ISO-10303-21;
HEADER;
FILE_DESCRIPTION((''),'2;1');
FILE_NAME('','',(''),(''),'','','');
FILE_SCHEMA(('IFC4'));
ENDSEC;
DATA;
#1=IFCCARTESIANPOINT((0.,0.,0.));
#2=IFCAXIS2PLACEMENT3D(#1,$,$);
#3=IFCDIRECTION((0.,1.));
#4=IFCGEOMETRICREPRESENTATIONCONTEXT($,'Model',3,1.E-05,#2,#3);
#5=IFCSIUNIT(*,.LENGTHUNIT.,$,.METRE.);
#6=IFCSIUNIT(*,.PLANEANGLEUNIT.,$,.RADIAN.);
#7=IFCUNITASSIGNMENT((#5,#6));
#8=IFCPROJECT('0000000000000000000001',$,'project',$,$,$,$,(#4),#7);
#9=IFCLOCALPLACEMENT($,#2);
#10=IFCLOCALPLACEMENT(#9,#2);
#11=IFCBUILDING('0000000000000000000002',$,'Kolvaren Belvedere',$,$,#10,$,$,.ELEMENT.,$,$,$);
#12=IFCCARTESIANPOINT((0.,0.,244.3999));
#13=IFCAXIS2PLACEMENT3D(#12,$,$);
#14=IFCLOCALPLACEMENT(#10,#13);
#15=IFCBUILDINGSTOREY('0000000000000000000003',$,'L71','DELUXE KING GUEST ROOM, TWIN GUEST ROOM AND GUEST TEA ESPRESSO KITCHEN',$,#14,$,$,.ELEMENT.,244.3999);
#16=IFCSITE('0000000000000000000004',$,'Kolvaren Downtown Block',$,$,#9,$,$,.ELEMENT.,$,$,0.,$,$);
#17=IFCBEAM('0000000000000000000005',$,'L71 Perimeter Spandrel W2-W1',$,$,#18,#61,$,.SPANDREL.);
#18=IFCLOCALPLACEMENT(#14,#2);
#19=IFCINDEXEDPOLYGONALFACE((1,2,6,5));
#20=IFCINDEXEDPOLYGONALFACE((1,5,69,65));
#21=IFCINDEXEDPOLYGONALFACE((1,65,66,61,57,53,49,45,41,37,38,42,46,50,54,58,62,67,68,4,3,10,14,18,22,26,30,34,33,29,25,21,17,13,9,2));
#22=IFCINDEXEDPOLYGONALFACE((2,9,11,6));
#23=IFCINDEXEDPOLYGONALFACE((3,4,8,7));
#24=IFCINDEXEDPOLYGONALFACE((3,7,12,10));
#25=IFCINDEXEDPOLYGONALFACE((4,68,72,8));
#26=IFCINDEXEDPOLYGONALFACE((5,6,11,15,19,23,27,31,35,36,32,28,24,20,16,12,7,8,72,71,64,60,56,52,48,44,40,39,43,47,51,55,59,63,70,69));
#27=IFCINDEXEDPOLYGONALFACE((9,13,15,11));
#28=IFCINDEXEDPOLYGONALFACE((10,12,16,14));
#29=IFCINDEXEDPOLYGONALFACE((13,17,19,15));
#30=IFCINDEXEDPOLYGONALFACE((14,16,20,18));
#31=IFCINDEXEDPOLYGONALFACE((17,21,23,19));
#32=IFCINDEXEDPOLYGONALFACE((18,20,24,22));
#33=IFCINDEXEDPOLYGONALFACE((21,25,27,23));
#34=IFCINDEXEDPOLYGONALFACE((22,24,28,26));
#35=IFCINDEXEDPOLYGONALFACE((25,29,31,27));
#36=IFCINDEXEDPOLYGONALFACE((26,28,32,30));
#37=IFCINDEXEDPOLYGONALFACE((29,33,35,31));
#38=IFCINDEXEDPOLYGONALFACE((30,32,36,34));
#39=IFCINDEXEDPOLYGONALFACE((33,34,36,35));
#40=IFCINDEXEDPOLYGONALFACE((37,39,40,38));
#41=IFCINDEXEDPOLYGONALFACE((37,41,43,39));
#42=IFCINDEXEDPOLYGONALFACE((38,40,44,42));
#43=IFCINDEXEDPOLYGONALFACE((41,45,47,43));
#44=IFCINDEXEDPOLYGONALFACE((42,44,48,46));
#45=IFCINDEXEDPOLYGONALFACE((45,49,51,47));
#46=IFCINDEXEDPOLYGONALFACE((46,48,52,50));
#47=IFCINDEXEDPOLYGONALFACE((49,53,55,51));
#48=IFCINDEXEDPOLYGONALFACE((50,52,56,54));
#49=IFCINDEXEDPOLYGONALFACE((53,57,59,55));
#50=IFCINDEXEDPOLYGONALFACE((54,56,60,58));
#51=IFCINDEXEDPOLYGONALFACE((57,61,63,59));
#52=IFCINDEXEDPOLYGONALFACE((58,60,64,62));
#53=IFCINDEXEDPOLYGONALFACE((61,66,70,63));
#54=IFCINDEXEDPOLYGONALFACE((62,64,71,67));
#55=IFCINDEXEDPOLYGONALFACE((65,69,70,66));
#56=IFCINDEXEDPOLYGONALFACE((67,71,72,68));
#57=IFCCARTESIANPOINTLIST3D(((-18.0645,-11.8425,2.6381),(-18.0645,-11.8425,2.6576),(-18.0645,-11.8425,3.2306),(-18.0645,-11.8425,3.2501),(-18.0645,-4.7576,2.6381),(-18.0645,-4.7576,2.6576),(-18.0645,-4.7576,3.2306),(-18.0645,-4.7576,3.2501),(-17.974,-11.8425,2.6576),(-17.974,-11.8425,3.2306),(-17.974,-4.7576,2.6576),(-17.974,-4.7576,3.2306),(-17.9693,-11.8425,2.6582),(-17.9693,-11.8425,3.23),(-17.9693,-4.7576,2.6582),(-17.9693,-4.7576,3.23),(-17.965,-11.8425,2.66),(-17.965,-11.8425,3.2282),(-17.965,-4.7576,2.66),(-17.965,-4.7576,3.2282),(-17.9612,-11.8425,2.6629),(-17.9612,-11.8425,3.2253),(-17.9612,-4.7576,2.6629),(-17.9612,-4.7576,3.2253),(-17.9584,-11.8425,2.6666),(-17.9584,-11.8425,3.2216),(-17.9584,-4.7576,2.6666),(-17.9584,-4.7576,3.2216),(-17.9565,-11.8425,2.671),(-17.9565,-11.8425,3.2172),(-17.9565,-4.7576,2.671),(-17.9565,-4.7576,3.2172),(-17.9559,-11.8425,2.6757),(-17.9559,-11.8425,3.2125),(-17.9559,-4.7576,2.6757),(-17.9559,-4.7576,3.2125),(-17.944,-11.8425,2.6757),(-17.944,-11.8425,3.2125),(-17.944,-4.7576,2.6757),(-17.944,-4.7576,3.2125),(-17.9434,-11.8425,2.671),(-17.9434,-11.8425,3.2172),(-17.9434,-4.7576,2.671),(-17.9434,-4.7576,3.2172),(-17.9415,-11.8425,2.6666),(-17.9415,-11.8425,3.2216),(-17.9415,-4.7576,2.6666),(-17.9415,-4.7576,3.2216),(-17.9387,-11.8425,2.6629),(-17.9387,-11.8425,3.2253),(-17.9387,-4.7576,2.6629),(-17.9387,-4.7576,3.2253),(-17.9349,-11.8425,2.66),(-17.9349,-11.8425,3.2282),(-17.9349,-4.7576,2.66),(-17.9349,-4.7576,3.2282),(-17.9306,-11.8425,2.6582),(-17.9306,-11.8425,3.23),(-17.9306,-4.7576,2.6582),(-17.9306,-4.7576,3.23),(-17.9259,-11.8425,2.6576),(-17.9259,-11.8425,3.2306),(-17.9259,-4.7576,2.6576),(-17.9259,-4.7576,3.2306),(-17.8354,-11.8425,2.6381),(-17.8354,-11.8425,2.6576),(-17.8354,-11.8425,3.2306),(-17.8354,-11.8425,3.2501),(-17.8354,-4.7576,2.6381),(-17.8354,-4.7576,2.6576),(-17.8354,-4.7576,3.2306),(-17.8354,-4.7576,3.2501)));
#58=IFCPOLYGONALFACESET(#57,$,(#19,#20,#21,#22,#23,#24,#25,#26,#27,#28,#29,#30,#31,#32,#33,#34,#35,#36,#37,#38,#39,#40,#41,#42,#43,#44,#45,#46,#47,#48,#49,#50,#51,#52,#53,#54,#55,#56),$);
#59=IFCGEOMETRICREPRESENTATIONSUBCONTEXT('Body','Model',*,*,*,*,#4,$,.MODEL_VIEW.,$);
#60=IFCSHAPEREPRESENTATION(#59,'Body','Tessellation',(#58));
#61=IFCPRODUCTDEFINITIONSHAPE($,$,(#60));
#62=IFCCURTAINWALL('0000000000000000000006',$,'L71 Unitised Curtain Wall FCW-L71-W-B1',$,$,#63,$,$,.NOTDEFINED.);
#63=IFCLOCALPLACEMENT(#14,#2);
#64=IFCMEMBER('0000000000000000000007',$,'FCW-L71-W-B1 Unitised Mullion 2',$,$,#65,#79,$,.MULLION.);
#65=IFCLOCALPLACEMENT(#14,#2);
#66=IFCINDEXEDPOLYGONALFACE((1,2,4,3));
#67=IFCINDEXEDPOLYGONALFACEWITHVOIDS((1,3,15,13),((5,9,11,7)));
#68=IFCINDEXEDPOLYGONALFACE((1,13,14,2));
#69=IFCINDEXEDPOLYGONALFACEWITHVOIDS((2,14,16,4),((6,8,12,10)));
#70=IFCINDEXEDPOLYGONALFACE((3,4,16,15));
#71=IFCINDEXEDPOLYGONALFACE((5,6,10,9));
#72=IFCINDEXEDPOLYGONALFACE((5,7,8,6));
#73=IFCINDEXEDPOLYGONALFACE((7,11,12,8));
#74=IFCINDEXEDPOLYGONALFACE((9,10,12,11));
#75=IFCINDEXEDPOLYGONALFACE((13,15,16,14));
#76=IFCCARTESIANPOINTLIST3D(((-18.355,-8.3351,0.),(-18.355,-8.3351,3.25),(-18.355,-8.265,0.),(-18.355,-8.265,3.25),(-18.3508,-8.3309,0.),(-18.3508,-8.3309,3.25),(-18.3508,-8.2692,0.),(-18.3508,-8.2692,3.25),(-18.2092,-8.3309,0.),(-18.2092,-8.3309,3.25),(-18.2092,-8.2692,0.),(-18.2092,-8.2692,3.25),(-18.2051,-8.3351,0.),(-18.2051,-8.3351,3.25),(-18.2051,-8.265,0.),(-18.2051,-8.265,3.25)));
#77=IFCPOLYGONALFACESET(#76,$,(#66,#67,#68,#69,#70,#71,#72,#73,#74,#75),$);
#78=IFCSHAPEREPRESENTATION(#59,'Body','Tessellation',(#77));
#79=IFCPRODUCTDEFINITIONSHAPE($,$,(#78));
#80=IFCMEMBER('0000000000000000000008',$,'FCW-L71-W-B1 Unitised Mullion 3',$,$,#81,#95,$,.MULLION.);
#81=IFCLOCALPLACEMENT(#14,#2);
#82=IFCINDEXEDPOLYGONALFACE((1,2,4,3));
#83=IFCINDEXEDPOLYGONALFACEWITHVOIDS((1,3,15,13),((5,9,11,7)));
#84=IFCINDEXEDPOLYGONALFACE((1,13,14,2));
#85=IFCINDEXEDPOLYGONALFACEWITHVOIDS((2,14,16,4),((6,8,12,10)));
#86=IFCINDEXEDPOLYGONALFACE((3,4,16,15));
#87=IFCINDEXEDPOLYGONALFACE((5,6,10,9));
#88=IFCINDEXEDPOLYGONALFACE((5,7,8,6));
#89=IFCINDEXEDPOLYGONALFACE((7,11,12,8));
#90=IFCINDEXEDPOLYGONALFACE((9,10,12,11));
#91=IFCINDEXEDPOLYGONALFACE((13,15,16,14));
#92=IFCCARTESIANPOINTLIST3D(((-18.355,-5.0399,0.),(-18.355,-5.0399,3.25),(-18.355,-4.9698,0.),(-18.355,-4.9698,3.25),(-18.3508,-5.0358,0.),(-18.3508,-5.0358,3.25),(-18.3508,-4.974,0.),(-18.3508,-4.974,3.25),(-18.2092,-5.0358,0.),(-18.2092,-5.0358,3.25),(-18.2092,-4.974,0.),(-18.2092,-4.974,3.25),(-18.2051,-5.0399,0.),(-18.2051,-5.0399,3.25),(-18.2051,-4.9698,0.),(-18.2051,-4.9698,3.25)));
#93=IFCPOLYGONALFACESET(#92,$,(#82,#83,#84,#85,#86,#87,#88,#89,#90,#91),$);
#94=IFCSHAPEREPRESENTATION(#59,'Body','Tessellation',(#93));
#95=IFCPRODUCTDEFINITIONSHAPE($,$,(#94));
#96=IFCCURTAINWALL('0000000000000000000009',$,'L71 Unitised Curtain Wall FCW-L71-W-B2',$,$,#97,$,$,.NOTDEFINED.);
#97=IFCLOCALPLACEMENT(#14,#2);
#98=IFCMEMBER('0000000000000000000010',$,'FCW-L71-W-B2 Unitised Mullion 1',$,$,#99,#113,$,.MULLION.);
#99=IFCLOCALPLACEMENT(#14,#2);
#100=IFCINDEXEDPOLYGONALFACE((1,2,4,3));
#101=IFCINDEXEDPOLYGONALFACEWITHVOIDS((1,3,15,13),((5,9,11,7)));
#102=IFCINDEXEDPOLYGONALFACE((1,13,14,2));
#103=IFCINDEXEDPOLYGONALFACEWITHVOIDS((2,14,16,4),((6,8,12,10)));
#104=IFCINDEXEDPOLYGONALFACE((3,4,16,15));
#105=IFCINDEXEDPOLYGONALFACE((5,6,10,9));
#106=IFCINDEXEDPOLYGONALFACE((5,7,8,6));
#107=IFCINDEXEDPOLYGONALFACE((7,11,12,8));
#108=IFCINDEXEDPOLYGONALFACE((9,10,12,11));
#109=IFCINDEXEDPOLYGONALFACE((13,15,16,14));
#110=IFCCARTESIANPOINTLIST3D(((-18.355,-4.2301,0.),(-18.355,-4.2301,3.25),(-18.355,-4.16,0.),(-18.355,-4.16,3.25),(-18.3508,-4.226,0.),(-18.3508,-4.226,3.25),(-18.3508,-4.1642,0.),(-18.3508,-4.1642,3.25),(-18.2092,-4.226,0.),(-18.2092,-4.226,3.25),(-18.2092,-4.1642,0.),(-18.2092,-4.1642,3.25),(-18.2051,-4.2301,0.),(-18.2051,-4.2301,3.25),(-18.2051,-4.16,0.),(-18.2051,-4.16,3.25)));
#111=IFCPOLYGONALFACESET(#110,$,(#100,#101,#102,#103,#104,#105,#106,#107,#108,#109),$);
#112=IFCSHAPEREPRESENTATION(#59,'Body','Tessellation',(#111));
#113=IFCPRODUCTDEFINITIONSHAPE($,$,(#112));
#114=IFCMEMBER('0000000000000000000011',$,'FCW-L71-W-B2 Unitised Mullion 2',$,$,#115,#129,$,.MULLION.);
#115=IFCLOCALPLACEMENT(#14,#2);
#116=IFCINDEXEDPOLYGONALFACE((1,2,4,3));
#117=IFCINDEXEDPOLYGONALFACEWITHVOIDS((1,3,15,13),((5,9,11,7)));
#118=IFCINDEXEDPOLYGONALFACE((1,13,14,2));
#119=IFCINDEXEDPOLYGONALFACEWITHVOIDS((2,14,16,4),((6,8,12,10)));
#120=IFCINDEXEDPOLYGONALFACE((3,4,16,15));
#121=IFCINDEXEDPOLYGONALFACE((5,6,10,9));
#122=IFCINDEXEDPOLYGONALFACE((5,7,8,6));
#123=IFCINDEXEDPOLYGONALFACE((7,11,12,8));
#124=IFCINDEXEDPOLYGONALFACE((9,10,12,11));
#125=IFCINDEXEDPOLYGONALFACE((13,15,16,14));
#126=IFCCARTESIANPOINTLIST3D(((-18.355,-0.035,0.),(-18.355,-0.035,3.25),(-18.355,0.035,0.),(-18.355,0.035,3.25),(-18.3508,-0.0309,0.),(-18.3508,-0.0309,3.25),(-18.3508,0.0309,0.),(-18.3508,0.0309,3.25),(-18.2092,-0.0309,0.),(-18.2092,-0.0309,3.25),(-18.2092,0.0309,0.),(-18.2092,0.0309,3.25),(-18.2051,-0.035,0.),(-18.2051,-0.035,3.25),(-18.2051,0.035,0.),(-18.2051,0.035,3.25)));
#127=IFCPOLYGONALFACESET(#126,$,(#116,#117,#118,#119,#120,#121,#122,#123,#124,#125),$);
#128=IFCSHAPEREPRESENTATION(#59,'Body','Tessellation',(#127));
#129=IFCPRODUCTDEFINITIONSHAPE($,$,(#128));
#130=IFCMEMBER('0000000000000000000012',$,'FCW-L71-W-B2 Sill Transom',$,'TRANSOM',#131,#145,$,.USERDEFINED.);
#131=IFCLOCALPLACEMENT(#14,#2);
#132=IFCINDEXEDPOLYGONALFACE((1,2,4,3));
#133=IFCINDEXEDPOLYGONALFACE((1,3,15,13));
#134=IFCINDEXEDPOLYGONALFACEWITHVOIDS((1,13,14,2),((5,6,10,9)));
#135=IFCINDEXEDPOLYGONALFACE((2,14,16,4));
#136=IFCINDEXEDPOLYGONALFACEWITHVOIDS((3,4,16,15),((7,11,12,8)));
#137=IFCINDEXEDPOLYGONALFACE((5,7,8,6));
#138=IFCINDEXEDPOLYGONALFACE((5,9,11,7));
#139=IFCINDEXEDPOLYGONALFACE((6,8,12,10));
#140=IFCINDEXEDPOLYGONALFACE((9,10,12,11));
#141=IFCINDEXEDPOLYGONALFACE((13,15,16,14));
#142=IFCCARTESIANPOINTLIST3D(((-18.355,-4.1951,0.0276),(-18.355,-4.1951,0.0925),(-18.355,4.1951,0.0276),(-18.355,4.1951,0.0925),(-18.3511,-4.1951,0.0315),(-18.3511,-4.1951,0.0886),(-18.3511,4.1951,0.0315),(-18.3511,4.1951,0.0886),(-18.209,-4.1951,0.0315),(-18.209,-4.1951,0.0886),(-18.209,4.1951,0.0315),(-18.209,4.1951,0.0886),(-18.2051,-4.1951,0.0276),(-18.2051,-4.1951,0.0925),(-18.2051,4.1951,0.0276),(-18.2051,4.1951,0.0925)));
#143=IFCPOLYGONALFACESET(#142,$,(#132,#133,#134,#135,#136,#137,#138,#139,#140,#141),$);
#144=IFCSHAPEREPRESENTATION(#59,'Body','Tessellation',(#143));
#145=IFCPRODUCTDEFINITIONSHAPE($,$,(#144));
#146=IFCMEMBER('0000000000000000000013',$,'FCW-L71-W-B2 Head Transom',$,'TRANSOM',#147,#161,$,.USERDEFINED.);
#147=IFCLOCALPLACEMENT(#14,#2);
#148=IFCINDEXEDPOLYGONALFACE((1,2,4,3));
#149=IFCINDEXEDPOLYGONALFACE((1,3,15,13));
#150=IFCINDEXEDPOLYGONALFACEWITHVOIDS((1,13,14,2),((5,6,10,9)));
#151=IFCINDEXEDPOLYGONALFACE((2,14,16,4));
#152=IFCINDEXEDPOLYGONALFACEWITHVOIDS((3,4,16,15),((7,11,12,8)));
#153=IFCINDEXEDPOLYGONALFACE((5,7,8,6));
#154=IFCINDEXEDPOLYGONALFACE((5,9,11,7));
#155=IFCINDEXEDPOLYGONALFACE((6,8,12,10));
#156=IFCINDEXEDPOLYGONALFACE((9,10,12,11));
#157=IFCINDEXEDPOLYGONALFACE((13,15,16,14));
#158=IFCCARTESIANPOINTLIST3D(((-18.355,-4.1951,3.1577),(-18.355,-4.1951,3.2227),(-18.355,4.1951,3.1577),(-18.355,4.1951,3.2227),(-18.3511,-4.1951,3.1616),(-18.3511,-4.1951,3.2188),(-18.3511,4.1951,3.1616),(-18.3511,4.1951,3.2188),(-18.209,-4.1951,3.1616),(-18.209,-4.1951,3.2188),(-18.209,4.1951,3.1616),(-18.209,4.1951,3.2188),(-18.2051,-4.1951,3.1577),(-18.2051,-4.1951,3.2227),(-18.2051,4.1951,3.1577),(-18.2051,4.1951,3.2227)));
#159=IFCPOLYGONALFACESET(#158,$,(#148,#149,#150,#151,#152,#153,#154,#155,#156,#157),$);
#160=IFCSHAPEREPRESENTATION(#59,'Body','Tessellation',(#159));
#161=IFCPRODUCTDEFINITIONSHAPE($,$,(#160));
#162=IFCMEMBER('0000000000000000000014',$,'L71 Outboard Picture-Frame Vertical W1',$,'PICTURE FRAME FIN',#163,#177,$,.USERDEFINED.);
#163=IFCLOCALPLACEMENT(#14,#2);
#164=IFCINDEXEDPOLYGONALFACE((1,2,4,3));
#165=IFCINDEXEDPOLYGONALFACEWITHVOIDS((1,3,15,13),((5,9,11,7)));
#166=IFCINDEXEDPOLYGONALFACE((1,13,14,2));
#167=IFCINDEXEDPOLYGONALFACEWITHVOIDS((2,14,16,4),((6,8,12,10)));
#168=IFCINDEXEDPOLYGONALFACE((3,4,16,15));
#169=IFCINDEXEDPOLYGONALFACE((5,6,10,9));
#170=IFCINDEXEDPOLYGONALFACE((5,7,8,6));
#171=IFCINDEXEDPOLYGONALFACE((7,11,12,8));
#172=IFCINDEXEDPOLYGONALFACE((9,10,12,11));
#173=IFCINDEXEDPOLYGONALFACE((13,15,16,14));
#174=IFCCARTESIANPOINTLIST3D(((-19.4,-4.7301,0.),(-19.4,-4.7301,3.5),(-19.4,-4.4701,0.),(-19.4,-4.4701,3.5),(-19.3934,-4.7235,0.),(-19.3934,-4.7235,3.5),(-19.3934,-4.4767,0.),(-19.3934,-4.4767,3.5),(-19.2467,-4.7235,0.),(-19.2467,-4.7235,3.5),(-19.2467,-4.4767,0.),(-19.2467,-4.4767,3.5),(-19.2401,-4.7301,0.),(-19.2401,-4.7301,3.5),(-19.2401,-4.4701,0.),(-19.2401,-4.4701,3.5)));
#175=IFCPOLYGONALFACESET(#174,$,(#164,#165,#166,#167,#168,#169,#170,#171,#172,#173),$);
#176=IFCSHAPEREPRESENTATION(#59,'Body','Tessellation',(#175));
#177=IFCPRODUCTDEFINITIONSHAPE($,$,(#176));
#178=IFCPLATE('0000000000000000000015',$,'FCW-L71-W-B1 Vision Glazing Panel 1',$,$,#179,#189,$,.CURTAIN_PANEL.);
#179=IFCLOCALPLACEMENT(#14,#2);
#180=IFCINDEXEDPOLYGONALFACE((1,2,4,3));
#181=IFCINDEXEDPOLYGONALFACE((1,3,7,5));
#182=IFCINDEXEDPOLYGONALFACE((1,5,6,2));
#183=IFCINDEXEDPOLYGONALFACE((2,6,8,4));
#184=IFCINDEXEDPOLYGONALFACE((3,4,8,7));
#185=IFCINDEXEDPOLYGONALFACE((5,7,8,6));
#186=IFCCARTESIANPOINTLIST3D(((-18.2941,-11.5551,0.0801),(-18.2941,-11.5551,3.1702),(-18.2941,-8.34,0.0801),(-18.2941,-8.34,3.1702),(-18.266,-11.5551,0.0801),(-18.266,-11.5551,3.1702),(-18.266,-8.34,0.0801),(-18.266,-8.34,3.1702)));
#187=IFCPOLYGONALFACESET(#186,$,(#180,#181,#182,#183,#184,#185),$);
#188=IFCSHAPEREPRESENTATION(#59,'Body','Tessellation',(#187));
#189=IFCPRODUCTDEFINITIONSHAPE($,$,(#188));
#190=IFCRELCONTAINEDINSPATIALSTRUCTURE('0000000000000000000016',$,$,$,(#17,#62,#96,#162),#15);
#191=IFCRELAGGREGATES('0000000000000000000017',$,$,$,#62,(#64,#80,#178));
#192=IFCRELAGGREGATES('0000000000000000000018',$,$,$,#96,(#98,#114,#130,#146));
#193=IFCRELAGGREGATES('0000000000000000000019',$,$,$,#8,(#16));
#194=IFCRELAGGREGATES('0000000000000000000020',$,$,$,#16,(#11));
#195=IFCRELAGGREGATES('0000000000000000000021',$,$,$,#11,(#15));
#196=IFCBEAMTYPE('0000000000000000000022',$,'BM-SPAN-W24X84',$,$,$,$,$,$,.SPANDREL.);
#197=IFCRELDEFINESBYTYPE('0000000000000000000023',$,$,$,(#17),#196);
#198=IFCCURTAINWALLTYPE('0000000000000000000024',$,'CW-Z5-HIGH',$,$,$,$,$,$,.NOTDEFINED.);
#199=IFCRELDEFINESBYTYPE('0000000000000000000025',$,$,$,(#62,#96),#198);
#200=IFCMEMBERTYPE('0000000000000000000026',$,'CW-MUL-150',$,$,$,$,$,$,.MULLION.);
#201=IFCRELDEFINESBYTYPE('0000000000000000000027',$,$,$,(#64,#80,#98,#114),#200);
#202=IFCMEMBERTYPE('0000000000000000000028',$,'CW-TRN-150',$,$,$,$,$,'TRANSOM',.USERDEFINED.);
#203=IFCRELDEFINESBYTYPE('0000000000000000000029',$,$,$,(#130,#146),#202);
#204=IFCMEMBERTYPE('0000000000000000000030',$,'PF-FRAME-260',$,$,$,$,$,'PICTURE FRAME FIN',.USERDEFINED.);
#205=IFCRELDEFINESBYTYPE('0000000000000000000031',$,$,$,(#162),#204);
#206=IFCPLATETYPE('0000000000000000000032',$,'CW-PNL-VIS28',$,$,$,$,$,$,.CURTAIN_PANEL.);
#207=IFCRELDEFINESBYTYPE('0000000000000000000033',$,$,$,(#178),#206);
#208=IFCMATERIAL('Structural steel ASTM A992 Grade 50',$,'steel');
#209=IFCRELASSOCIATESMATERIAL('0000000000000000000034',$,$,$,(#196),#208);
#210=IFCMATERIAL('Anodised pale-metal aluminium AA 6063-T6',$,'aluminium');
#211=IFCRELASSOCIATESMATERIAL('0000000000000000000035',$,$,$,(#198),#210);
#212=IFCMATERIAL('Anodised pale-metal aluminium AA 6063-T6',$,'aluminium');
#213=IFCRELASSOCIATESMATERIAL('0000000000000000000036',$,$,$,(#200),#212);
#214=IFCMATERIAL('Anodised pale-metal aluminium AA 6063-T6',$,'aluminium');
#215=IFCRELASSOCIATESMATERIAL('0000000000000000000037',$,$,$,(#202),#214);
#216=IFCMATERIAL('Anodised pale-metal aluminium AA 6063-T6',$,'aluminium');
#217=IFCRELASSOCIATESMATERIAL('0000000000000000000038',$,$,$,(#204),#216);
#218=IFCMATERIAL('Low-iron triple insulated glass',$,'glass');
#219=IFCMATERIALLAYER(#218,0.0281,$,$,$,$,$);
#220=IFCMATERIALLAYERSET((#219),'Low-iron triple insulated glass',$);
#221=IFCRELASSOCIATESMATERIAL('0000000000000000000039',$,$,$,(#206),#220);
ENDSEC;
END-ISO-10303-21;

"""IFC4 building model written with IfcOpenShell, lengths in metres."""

from ifc_helpers import new_model, si_unit, direction, frame, origin, origin_2d, place, context, subcontext, project, spatial, rectangle, hollow_rectangle, i_section, extrude, material, layer, layer_set, material_profile, profile_set, type_object, element, aggregate, save


model = new_model("IFC4")

# Units and contexts
model_context = context("Model", 3, precision=1e-05, world=origin(), true_north=direction((0.0, 1.0)))
body_context = subcontext(model_context, "Body", "Model", "MODEL_VIEW")
ifc_project = project(units=[si_unit("LENGTHUNIT", "METRE"), si_unit("PLANEANGLEUNIT", "RADIAN")], contexts=[model_context])

# Site, building, storey
site_placement = place(None, origin())
site = spatial("IfcSite", under=ifc_project, at=site_placement, Name="Kolvaren Downtown Block", CompositionType="ELEMENT", RefElevation=0.0)
building_placement = place(site_placement, origin())
building = spatial("IfcBuilding", under=site, at=building_placement, Name="Kolvaren Belvedere", CompositionType="ELEMENT")
storey_placement = place(building_placement, frame((0.0, 0.0, 244.3999)))
storey = spatial("IfcBuildingStorey", under=building, at=storey_placement, Name="L71", Description="DELUXE KING GUEST ROOM, TWIN GUEST ROOM AND GUEST TEA ESPRESSO KITCHEN", CompositionType="ELEMENT", Elevation=244.3999)

# Beam
ifc_material_1 = material(Name="Structural steel ASTM A992 Grade 50", Category="steel")
ifc_material_profile_1 = material_profile(ifc_material_1, i_section(OverallWidth=0.229, OverallDepth=0.6121, WebThickness=0.012, FlangeThickness=0.0195, FilletRadius=0.0181, at=origin_2d()), Name="W24X84")
ifc_profile_set_1 = profile_set([ifc_material_profile_1], Name="Structural steel ASTM A992 Grade 50")
beam_type_1 = type_object("IfcBeamType", Name="BM-SPAN-W24X84", PredefinedType="SPANDREL", material=ifc_profile_set_1)
beam_1_placement = place(storey_placement, frame((-17.95, -4.7576, 2.9441), z_axis=(0.0, -1.0, 0.0), x_axis=(1.0, 0.0, 0.0)))
element("IfcBeam", 1, at=beam_1_placement, inside=storey, type_object=beam_type_1, Name="L71 Perimeter Spandrel W2-W1", PredefinedType="SPANDREL", context=body_context, shape_type="SweptSolid", body=[
    extrude(i_section(OverallWidth=0.229, OverallDepth=0.6121, WebThickness=0.012, FlangeThickness=0.0195, FilletRadius=0.0181, at=origin_2d()), origin(), (0.0, 0.0, 1.0), 7.085),
])

# Curtain walls, members
ifc_material_2 = material(Name="Anodised pale-metal aluminium AA 6063-T6", Category="aluminium")
curtain_wall_type = type_object("IfcCurtainWallType", Name="CW-Z5-HIGH", PredefinedType="NOTDEFINED", material=ifc_material_2)
curtain_wall_1_placement = place(storey_placement, origin())
curtain_wall_1 = element("IfcCurtainWall", 2, at=curtain_wall_1_placement, inside=storey, type_object=curtain_wall_type, Name="L71 Unitised Curtain Wall FCW-L71-W-B1", PredefinedType="NOTDEFINED")
ifc_material_3 = material(Name="Anodised pale-metal aluminium AA 6063-T6", Category="aluminium")
ifc_material_profile_2 = material_profile(ifc_material_3, hollow_rectangle(XDim=0.0701, YDim=0.1499, WallThickness=0.0042, at=origin_2d()), Name="ALU-MUL-150X70")
ifc_profile_set_2 = profile_set([ifc_material_profile_2], Name="Anodised pale-metal aluminium AA 6063-T6")
member_type_1 = type_object("IfcMemberType", Name="CW-MUL-150", PredefinedType="MULLION", material=ifc_profile_set_2)
member_1_placement = place(storey_placement, frame((-18.28, -8.3, 0.0), z_axis=(0.0, 0.0, 1.0), x_axis=(0.0, 1.0, 0.0)))
member_1 = element("IfcMember", 3, at=member_1_placement, type_object=member_type_1, Name="FCW-L71-W-B1 Unitised Mullion 2", PredefinedType="MULLION", context=body_context, shape_type="SweptSolid", body=[
    extrude(hollow_rectangle(XDim=0.0701, YDim=0.1499, WallThickness=0.0042, at=origin_2d()), origin(), (0.0, 0.0, 1.0), 3.25),
])
member_2_placement = place(storey_placement, frame((-18.28, -5.0049, 0.0), z_axis=(0.0, 0.0, 1.0), x_axis=(0.0, 1.0, 0.0)))
member_2 = element("IfcMember", 4, at=member_2_placement, type_object=member_type_1, Name="FCW-L71-W-B1 Unitised Mullion 3", PredefinedType="MULLION", context=body_context, shape_type="SweptSolid", body=[
    extrude(hollow_rectangle(XDim=0.0701, YDim=0.1499, WallThickness=0.0042, at=origin_2d()), origin(), (0.0, 0.0, 1.0), 3.25),
])
curtain_wall_2_placement = place(storey_placement, origin())
curtain_wall_2 = element("IfcCurtainWall", 5, at=curtain_wall_2_placement, inside=storey, type_object=curtain_wall_type, Name="L71 Unitised Curtain Wall FCW-L71-W-B2", PredefinedType="NOTDEFINED")
member_3_placement = place(storey_placement, frame((-18.28, -4.1951, 0.0), z_axis=(0.0, 0.0, 1.0), x_axis=(0.0, 1.0, 0.0)))
member_3 = element("IfcMember", 6, at=member_3_placement, type_object=member_type_1, Name="FCW-L71-W-B2 Unitised Mullion 1", PredefinedType="MULLION", context=body_context, shape_type="SweptSolid", body=[
    extrude(hollow_rectangle(XDim=0.0701, YDim=0.1499, WallThickness=0.0042, at=origin_2d()), origin(), (0.0, 0.0, 1.0), 3.25),
])
member_4_placement = place(storey_placement, frame((-18.28, 0.0, 0.0), z_axis=(0.0, 0.0, 1.0), x_axis=(0.0, 1.0, 0.0)))
member_4 = element("IfcMember", 7, at=member_4_placement, type_object=member_type_1, Name="FCW-L71-W-B2 Unitised Mullion 2", PredefinedType="MULLION", context=body_context, shape_type="SweptSolid", body=[
    extrude(hollow_rectangle(XDim=0.0701, YDim=0.1499, WallThickness=0.0042, at=origin_2d()), origin(), (0.0, 0.0, 1.0), 3.25),
])
ifc_material_4 = material(Name="Anodised pale-metal aluminium AA 6063-T6", Category="aluminium")
ifc_material_profile_3 = material_profile(ifc_material_4, hollow_rectangle(XDim=0.0649, YDim=0.1499, WallThickness=0.0039, at=origin_2d()), Name="ALU-TRN-150X65")
ifc_profile_set_3 = profile_set([ifc_material_profile_3], Name="Anodised pale-metal aluminium AA 6063-T6")
member_type_2 = type_object("IfcMemberType", Name="CW-TRN-150", ElementType="TRANSOM", PredefinedType="USERDEFINED", material=ifc_profile_set_3)
member_5_placement = place(storey_placement, frame((-18.28, -4.1951, 0.0601), z_axis=(0.0, 1.0, 0.0), x_axis=(0.0, 0.0, 1.0)))
member_5 = element("IfcMember", 8, at=member_5_placement, type_object=member_type_2, Name="FCW-L71-W-B2 Sill Transom", ObjectType="TRANSOM", PredefinedType="USERDEFINED", context=body_context, shape_type="SweptSolid", body=[
    extrude(hollow_rectangle(XDim=0.0649, YDim=0.1499, WallThickness=0.0039, at=origin_2d()), origin(), (0.0, 0.0, 1.0), 8.3901),
])
member_6_placement = place(storey_placement, frame((-18.28, -4.1951, 3.1902), z_axis=(0.0, 1.0, 0.0), x_axis=(0.0, 0.0, 1.0)))
member_6 = element("IfcMember", 9, at=member_6_placement, type_object=member_type_2, Name="FCW-L71-W-B2 Head Transom", ObjectType="TRANSOM", PredefinedType="USERDEFINED", context=body_context, shape_type="SweptSolid", body=[
    extrude(hollow_rectangle(XDim=0.0649, YDim=0.1499, WallThickness=0.0039, at=origin_2d()), origin(), (0.0, 0.0, 1.0), 8.3901),
])

# Member
ifc_material_5 = material(Name="Anodised pale-metal aluminium AA 6063-T6", Category="aluminium")
ifc_material_profile_4 = material_profile(ifc_material_5, hollow_rectangle(XDim=0.1599, YDim=0.26, WallThickness=0.0066, at=origin_2d()), Name="ALU-PF-260X160")
ifc_profile_set_4 = profile_set([ifc_material_profile_4], Name="Anodised pale-metal aluminium AA 6063-T6")
member_type_3 = type_object("IfcMemberType", Name="PF-FRAME-260", ElementType="PICTURE FRAME FIN", PredefinedType="USERDEFINED", material=ifc_profile_set_4)
member_7_placement = place(storey_placement, frame((-19.3201, -4.6001, 0.0), z_axis=(0.0, 0.0, 1.0), x_axis=(1.0, 0.0, 0.0)))
element("IfcMember", 10, at=member_7_placement, inside=storey, type_object=member_type_3, Name="L71 Outboard Picture-Frame Vertical W1", ObjectType="PICTURE FRAME FIN", PredefinedType="USERDEFINED", context=body_context, shape_type="SweptSolid", body=[
    extrude(hollow_rectangle(XDim=0.1599, YDim=0.26, WallThickness=0.0066, at=origin_2d()), origin(), (0.0, 0.0, 1.0), 3.5),
])

# Plate
ifc_material_6 = material(Name="Low-iron triple insulated glass", Category="glass")
ifc_layer_1 = layer(ifc_material_6, 0.0281)
ifc_layer_set_1 = layer_set([ifc_layer_1], Name="Low-iron triple insulated glass")
plate_type_1 = type_object("IfcPlateType", Name="CW-PNL-VIS28", PredefinedType="CURTAIN_PANEL", material=ifc_layer_set_1)
plate_1_placement = place(storey_placement, frame((-18.28, -9.9475, 0.0801), z_axis=(0.0, 0.0, 1.0), x_axis=(0.0, 1.0, 0.0)))
plate_1 = element("IfcPlate", 11, at=plate_1_placement, type_object=plate_type_1, Name="FCW-L71-W-B1 Vision Glazing Panel 1", PredefinedType="CURTAIN_PANEL", context=body_context, shape_type="SweptSolid", body=[
    extrude(rectangle(XDim=3.2151, YDim=0.0281, at=origin_2d()), origin(), (0.0, 0.0, 1.0), 3.0901),
])
aggregate(curtain_wall_1, [member_1, member_2, plate_1])
aggregate(curtain_wall_2, [member_3, member_4, member_5, member_6])

save(model, "model.ifc")
